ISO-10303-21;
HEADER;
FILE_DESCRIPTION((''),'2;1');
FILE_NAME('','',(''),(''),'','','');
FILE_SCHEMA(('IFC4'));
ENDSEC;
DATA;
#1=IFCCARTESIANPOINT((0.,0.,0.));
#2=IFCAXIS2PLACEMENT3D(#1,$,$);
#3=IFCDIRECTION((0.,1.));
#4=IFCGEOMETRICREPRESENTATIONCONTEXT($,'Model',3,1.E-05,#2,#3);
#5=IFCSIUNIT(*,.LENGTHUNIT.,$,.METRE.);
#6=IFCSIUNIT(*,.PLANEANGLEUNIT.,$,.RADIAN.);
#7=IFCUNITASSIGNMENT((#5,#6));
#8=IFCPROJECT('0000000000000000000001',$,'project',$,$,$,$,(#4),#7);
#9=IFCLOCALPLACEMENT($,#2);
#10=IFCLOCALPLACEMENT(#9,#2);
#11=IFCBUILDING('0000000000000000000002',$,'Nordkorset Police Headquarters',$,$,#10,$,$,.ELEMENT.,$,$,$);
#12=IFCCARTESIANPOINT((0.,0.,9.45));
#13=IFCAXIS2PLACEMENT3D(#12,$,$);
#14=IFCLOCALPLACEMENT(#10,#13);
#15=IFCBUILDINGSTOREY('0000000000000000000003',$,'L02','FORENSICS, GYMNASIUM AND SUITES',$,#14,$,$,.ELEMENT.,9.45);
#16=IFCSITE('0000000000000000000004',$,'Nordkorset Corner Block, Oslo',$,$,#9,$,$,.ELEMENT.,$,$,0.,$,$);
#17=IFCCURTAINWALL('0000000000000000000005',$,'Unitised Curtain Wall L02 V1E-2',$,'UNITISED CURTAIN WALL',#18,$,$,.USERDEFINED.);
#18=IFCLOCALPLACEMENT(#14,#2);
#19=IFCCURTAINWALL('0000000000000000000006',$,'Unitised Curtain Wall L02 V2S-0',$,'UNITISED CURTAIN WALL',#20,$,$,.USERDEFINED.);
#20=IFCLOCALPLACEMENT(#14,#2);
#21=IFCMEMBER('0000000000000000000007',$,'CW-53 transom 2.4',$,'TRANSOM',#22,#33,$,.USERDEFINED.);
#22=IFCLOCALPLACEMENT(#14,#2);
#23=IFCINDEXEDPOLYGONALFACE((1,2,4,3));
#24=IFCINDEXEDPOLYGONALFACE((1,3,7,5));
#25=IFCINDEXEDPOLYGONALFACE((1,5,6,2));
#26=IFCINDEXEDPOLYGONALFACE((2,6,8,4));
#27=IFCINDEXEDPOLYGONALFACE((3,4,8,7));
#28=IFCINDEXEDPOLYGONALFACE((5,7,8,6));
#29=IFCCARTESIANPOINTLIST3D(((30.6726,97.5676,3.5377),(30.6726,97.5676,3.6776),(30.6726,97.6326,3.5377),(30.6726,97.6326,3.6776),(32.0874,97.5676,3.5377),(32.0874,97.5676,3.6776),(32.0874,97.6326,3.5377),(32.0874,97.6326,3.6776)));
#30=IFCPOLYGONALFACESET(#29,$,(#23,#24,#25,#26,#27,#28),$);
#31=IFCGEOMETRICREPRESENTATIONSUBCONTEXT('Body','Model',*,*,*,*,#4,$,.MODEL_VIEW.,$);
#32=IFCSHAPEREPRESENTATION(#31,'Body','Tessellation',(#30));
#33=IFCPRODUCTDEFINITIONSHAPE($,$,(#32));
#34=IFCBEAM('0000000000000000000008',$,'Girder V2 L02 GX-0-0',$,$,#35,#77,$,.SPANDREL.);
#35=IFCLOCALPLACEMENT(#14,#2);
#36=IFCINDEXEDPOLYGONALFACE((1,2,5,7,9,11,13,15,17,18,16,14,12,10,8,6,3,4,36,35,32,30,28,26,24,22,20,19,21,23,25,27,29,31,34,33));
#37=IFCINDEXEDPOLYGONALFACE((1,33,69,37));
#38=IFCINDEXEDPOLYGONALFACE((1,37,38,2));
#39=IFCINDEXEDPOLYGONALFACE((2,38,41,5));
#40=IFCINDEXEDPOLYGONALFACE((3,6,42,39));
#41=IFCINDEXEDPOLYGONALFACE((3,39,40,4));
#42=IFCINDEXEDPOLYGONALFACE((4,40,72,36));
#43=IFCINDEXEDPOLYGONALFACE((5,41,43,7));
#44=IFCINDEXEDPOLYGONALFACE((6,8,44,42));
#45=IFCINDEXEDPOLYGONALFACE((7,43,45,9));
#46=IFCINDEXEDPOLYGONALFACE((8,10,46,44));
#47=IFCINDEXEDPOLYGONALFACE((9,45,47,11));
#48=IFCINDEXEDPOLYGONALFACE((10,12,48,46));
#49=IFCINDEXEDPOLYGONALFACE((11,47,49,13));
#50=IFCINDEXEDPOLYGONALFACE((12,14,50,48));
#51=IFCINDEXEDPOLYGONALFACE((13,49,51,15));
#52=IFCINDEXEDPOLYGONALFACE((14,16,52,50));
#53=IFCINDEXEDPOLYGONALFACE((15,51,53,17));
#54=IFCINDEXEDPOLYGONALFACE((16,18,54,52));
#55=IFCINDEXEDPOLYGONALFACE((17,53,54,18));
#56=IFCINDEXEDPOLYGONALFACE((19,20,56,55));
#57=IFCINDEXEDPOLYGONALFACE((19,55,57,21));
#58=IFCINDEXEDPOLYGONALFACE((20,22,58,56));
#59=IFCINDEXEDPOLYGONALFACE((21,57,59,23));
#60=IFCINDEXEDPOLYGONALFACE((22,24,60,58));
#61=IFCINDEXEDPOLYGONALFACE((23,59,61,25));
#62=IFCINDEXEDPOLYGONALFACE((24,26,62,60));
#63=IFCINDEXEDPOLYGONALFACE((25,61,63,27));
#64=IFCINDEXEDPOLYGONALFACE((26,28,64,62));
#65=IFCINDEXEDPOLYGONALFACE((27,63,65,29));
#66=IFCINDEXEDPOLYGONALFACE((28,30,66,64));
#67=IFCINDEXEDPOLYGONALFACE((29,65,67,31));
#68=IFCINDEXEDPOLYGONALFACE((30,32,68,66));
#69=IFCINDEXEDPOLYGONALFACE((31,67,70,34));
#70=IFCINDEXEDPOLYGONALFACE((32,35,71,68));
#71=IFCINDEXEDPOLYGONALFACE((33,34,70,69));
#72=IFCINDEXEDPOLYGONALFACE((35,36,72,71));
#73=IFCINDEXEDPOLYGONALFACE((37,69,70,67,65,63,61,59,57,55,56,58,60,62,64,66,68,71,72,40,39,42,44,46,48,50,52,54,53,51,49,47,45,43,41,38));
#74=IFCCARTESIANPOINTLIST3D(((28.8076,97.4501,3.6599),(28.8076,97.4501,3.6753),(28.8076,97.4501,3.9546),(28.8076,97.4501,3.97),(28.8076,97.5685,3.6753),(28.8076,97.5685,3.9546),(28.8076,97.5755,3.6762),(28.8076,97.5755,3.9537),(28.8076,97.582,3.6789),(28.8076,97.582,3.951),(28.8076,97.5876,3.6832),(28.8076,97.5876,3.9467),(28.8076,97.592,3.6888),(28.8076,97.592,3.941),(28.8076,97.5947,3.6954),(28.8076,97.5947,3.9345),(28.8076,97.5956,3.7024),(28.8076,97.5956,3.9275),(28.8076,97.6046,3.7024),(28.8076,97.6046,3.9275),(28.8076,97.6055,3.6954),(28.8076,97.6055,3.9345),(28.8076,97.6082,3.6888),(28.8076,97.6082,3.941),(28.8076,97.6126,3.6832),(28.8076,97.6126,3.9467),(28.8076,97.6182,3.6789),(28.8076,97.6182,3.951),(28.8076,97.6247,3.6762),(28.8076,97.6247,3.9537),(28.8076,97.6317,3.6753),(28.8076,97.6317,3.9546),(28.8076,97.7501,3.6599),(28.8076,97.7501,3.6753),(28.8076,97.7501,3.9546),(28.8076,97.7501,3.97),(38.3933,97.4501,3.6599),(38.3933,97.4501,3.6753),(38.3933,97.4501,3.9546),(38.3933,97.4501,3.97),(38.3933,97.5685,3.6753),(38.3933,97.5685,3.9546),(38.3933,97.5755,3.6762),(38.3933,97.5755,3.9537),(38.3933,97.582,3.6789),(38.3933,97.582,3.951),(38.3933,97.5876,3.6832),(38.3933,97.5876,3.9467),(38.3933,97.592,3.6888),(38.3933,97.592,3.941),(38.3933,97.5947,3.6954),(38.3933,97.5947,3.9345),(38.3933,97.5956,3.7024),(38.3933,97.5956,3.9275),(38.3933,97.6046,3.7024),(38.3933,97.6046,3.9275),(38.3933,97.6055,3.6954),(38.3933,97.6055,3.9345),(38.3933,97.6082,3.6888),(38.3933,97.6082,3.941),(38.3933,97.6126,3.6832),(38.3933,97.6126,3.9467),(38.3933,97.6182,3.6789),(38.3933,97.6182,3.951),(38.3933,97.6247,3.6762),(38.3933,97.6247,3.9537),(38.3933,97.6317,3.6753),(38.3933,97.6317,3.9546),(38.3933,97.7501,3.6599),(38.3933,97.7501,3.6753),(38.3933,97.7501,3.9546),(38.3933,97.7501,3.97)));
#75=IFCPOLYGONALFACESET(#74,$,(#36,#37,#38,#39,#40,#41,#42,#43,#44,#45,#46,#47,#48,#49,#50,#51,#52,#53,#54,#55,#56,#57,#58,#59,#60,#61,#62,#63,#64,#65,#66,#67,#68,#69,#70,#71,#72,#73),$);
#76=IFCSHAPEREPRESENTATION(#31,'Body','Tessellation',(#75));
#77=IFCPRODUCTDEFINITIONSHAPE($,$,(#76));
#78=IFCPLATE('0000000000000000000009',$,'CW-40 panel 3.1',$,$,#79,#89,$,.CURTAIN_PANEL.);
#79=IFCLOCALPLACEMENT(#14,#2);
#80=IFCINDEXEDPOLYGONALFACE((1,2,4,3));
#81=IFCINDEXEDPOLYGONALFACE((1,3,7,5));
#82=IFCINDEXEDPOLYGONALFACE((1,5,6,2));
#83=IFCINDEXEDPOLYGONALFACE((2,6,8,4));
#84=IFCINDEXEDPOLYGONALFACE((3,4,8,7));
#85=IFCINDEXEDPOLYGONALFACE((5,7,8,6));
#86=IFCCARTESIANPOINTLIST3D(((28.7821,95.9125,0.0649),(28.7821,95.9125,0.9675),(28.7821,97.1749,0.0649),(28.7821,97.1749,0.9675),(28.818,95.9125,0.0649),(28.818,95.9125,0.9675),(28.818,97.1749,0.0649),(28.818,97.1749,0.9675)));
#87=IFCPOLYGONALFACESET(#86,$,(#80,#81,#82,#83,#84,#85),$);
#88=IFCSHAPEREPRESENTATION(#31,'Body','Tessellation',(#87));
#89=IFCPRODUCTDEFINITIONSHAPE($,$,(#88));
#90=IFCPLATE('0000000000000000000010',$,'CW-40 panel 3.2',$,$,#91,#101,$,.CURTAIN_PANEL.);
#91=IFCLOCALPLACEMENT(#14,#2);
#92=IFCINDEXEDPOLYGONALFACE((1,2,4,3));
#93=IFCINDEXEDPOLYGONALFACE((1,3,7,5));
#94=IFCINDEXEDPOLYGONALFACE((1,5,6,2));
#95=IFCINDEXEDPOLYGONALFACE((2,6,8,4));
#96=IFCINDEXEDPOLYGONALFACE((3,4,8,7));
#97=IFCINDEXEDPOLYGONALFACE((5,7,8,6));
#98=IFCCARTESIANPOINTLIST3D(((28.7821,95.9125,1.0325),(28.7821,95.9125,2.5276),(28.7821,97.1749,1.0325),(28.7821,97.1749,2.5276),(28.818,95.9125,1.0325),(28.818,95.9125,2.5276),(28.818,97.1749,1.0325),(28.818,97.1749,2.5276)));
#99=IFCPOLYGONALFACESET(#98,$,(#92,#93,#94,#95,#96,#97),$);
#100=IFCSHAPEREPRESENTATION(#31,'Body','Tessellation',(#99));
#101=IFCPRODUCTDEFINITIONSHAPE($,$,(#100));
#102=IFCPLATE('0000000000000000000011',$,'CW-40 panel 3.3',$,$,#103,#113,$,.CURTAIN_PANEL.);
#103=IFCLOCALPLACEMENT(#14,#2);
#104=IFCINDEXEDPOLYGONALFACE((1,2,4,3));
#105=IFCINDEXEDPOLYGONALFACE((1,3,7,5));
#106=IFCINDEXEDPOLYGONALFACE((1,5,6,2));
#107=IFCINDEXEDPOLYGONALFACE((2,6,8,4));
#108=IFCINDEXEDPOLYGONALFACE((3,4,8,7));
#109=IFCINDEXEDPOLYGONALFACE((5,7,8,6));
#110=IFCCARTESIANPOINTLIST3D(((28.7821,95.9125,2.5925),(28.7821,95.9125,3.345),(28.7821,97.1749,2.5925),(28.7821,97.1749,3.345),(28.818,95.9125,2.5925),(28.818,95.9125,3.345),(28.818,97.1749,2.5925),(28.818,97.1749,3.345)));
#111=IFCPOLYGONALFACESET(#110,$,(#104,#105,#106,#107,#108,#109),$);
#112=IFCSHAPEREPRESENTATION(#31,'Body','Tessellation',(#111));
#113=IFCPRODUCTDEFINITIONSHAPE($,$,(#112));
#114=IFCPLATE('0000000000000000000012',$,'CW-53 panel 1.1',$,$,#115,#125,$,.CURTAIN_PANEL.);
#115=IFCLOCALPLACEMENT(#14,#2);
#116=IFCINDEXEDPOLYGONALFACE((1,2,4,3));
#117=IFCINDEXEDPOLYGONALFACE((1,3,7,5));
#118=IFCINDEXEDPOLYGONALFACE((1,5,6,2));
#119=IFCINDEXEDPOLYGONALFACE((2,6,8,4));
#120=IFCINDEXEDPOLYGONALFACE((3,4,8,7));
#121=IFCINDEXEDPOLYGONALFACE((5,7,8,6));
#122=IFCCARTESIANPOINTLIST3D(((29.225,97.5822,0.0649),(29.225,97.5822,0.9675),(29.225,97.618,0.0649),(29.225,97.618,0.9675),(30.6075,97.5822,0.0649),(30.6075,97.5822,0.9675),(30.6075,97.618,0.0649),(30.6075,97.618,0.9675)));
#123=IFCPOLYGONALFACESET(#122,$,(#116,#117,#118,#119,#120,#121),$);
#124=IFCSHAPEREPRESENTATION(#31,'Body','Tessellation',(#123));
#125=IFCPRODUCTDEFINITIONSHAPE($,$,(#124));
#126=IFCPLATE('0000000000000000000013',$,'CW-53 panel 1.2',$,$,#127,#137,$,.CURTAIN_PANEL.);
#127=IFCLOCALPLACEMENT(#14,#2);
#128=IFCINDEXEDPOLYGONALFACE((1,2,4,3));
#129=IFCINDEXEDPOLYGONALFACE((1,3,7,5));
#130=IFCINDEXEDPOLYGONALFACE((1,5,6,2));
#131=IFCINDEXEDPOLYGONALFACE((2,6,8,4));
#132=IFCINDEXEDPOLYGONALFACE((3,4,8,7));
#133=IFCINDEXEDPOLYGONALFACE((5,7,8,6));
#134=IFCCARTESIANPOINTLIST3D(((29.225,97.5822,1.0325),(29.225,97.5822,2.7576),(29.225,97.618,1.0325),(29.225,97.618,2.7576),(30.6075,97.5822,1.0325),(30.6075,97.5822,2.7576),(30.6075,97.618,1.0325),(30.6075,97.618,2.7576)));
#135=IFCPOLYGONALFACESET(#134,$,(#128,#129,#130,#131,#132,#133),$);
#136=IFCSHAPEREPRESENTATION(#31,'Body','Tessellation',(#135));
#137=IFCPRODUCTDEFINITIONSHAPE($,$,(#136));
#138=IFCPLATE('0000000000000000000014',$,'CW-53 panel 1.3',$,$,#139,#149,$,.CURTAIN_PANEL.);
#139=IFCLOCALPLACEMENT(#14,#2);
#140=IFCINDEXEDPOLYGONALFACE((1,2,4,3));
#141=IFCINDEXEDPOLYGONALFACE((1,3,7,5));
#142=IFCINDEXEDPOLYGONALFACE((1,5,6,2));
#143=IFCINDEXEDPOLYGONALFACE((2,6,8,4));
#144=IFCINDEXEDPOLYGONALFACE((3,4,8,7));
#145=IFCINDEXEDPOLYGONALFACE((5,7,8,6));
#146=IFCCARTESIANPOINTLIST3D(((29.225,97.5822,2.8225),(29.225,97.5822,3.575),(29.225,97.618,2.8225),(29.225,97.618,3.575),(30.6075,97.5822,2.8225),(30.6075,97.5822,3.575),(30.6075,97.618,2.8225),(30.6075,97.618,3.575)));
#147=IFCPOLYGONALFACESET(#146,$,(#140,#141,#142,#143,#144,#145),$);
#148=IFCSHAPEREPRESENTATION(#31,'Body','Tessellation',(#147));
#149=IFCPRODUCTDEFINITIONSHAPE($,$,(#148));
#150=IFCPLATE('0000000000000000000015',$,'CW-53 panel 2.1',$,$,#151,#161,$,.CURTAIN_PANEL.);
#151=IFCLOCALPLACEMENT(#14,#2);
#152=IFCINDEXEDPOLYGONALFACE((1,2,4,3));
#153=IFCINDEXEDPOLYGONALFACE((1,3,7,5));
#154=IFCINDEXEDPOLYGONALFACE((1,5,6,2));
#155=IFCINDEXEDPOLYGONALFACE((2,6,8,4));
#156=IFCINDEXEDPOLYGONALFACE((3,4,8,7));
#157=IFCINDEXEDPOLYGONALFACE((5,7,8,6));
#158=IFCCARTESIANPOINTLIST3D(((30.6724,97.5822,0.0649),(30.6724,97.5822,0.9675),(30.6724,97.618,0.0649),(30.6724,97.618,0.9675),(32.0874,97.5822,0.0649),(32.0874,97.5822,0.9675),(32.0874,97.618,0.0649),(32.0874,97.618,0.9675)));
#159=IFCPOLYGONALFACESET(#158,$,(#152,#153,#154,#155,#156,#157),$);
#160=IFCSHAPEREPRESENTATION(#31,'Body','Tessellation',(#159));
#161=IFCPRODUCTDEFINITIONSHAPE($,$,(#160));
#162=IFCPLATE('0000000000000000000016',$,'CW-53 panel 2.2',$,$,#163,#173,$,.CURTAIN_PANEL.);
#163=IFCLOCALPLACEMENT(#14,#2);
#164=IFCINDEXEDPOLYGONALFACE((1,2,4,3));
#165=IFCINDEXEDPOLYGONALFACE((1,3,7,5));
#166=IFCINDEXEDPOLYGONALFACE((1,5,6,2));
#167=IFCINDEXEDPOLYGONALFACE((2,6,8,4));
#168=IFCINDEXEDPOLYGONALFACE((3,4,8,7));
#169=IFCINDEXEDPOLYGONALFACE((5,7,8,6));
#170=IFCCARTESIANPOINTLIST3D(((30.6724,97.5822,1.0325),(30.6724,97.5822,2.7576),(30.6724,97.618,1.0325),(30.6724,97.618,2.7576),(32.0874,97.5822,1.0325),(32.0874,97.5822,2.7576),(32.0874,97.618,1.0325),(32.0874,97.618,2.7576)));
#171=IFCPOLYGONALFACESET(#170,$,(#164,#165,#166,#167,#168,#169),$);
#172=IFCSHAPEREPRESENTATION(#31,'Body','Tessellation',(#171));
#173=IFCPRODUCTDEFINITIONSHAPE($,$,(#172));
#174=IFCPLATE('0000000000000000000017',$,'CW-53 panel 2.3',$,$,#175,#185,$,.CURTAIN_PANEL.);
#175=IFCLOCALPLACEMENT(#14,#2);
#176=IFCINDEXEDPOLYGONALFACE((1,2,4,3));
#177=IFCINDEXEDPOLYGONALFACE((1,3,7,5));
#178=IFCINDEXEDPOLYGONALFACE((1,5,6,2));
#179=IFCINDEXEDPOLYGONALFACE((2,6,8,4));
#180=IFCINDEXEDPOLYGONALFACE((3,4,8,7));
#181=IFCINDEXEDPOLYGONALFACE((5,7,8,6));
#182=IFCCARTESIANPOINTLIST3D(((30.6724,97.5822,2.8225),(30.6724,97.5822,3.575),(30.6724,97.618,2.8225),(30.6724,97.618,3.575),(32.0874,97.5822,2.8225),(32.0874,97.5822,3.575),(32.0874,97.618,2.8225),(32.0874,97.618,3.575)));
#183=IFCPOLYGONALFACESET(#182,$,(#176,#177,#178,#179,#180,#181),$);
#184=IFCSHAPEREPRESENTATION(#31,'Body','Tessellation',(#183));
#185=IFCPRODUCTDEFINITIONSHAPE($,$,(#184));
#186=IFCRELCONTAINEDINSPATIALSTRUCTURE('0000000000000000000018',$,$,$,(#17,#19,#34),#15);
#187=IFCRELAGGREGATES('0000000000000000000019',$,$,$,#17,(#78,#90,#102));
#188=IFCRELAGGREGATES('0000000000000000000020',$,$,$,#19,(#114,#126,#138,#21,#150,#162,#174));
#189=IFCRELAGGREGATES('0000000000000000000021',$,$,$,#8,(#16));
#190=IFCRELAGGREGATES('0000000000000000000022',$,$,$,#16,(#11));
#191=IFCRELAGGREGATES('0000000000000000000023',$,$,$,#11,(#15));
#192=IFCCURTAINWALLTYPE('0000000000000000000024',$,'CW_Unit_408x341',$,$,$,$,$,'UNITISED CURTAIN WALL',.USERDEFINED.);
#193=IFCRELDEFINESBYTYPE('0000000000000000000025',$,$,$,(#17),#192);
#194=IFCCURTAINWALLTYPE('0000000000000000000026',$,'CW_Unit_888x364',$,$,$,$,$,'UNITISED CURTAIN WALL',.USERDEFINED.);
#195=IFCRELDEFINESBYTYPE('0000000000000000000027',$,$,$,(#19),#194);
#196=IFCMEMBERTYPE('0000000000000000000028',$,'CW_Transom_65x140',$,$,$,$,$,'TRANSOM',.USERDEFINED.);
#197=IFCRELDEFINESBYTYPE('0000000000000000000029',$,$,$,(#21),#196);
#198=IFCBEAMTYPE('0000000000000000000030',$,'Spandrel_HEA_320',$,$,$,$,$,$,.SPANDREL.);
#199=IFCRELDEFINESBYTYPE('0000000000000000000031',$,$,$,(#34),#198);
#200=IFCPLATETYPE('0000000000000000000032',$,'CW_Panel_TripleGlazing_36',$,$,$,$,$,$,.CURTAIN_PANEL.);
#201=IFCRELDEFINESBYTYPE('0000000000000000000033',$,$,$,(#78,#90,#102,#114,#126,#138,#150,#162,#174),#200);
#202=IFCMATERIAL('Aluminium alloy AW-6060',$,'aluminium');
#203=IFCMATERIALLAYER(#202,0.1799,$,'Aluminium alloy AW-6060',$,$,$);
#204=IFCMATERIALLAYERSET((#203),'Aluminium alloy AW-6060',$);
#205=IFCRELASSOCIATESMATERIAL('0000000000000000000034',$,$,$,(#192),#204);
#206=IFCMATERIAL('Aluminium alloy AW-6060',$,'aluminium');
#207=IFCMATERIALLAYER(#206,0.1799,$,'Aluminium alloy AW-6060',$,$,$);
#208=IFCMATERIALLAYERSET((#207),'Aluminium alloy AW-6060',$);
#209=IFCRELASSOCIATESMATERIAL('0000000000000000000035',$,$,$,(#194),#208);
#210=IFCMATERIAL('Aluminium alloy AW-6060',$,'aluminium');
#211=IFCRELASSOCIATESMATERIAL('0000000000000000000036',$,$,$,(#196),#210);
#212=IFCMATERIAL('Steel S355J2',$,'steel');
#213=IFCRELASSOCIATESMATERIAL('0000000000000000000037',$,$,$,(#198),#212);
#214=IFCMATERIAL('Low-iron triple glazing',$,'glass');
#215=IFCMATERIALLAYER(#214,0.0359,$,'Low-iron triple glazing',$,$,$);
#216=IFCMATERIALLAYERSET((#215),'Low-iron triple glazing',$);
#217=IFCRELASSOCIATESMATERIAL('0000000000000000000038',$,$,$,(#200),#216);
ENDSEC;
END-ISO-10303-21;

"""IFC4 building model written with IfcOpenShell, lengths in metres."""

from ifc_helpers import new_model, si_unit, direction, frame, origin, origin_2d, place, context, subcontext, project, spatial, rectangle, i_section, extrude, material, layer, layer_set, material_profile, profile_set, type_object, element, aggregate, save


model = new_model("IFC4")

# Units and contexts
model_context = context("Model", 3, precision=1e-05, world=origin(), true_north=direction((0.0, 1.0)))
body_context = subcontext(model_context, "Body", "Model", "MODEL_VIEW")
ifc_project = project(units=[si_unit("LENGTHUNIT", "METRE"), si_unit("PLANEANGLEUNIT", "RADIAN")], contexts=[model_context])

# Site, building, storey
site_placement = place(None, origin())
site = spatial("IfcSite", under=ifc_project, at=site_placement, Name="Nordkorset Corner Block, Oslo", CompositionType="ELEMENT", RefElevation=0.0)
building_placement = place(site_placement, origin())
building = spatial("IfcBuilding", under=site, at=building_placement, Name="Nordkorset Police Headquarters", CompositionType="ELEMENT")
storey_placement = place(building_placement, frame((0.0, 0.0, 9.45)))
storey = spatial("IfcBuildingStorey", under=building, at=storey_placement, Name="L02", Description="FORENSICS, GYMNASIUM AND SUITES", CompositionType="ELEMENT", Elevation=9.45)

# Curtain wall
ifc_material_1 = material(Name="Aluminium alloy AW-6060", Category="aluminium")
ifc_layer_1 = layer(ifc_material_1, 0.1799, Name="Aluminium alloy AW-6060")
ifc_layer_set_1 = layer_set([ifc_layer_1], Name="Aluminium alloy AW-6060")
curtain_wall_type_1 = type_object("IfcCurtainWallType", Name="CW_Unit_408x341", ElementType="UNITISED CURTAIN WALL", PredefinedType="USERDEFINED", material=ifc_layer_set_1)
curtain_wall_1_placement = place(storey_placement, origin())
curtain_wall_1 = element("IfcCurtainWall", 1, at=curtain_wall_1_placement, inside=storey, type_object=curtain_wall_type_1, Name="Unitised Curtain Wall L02 V1E-2", ObjectType="UNITISED CURTAIN WALL", PredefinedType="USERDEFINED")

# Curtain wall
ifc_material_2 = material(Name="Aluminium alloy AW-6060", Category="aluminium")
ifc_layer_2 = layer(ifc_material_2, 0.1799, Name="Aluminium alloy AW-6060")
ifc_layer_set_2 = layer_set([ifc_layer_2], Name="Aluminium alloy AW-6060")
curtain_wall_type_2 = type_object("IfcCurtainWallType", Name="CW_Unit_888x364", ElementType="UNITISED CURTAIN WALL", PredefinedType="USERDEFINED", material=ifc_layer_set_2)
curtain_wall_2_placement = place(storey_placement, origin())
curtain_wall_2 = element("IfcCurtainWall", 2, at=curtain_wall_2_placement, inside=storey, type_object=curtain_wall_type_2, Name="Unitised Curtain Wall L02 V2S-0", ObjectType="UNITISED CURTAIN WALL", PredefinedType="USERDEFINED")

# Member
ifc_material_3 = material(Name="Aluminium alloy AW-6060", Category="aluminium")
ifc_material_profile_1 = material_profile(ifc_material_3, rectangle(XDim=0.0649, YDim=0.1399, at=origin_2d()), Name="ALU TRAN 65x140")
ifc_profile_set_1 = profile_set([ifc_material_profile_1], Name="Aluminium alloy AW-6060")
member_type_1 = type_object("IfcMemberType", Name="CW_Transom_65x140", ElementType="TRANSOM", PredefinedType="USERDEFINED", material=ifc_profile_set_1)
member_1_placement = place(storey_placement, frame((30.6726, 97.6001, 3.6077), z_axis=(1.0, 0.0, 0.0), x_axis=(0.0, 1.0, 0.0)))
member_1 = element("IfcMember", 3, at=member_1_placement, type_object=member_type_1, Name="CW-53 transom 2.4", ObjectType="TRANSOM", PredefinedType="USERDEFINED", context=body_context, shape_type="SweptSolid", body=[
    extrude(rectangle(XDim=0.0649, YDim=0.1399, at=origin_2d()), origin(), (0.0, 0.0, 1.0), 1.4148),
])

# Beam
ifc_material_4 = material(Name="Steel S355J2", Category="steel")
ifc_material_profile_2 = material_profile(ifc_material_4, i_section(OverallWidth=0.3, OverallDepth=0.3101, WebThickness=0.009, FlangeThickness=0.0154, FilletRadius=0.0271, at=origin_2d()), Name="HEA 320")
ifc_profile_set_2 = profile_set([ifc_material_profile_2], Name="Steel S355J2")
beam_type = type_object("IfcBeamType", Name="Spandrel_HEA_320", PredefinedType="SPANDREL", material=ifc_profile_set_2)
beam_placement = place(storey_placement, frame((28.8076, 97.6001, 3.8149), z_axis=(1.0, 0.0, 0.0), x_axis=(0.0, 1.0, 0.0)))
element("IfcBeam", 4, at=beam_placement, inside=storey, type_object=beam_type, Name="Girder V2 L02 GX-0-0", PredefinedType="SPANDREL", context=body_context, shape_type="SweptSolid", body=[
    extrude(i_section(OverallWidth=0.3, OverallDepth=0.3101, WebThickness=0.009, FlangeThickness=0.0154, FilletRadius=0.0271, at=origin_2d()), origin(), (0.0, 0.0, 1.0), 9.5857),
])

# Plates
ifc_material_5 = material(Name="Low-iron triple glazing", Category="glass")
ifc_layer_3 = layer(ifc_material_5, 0.0359, Name="Low-iron triple glazing")
ifc_layer_set_3 = layer_set([ifc_layer_3], Name="Low-iron triple glazing")
plate_type = type_object("IfcPlateType", Name="CW_Panel_TripleGlazing_36", PredefinedType="CURTAIN_PANEL", material=ifc_layer_set_3)
plate_1_placement = place(storey_placement, frame((28.8, 96.5437, 0.0649), z_axis=(0.0, 0.0, 1.0), x_axis=(0.0, 1.0, 0.0)))
plate_1 = element("IfcPlate", 5, at=plate_1_placement, type_object=plate_type, Name="CW-40 panel 3.1", PredefinedType="CURTAIN_PANEL", context=body_context, shape_type="SweptSolid", body=[
    extrude(rectangle(XDim=1.2625, YDim=0.0359, at=origin_2d()), origin(), (0.0, 0.0, 1.0), 0.9026),
])
plate_2_placement = place(storey_placement, frame((28.8, 96.5437, 1.0325), z_axis=(0.0, 0.0, 1.0), x_axis=(0.0, 1.0, 0.0)))
plate_2 = element("IfcPlate", 6, at=plate_2_placement, type_object=plate_type, Name="CW-40 panel 3.2", PredefinedType="CURTAIN_PANEL", context=body_context, shape_type="SweptSolid", body=[
    extrude(rectangle(XDim=1.2625, YDim=0.0359, at=origin_2d()), origin(), (0.0, 0.0, 1.0), 1.4951),
])
plate_3_placement = place(storey_placement, frame((28.8, 96.5437, 2.5925), z_axis=(0.0, 0.0, 1.0), x_axis=(0.0, 1.0, 0.0)))
plate_3 = element("IfcPlate", 7, at=plate_3_placement, type_object=plate_type, Name="CW-40 panel 3.3", PredefinedType="CURTAIN_PANEL", context=body_context, shape_type="SweptSolid", body=[
    extrude(rectangle(XDim=1.2625, YDim=0.0359, at=origin_2d()), origin(), (0.0, 0.0, 1.0), 0.7524),
])
aggregate(curtain_wall_1, [plate_1, plate_2, plate_3])
plate_4_placement = place(storey_placement, frame((29.9163, 97.6001, 0.0649), z_axis=(0.0, 0.0, 1.0), x_axis=(1.0, 0.0, 0.0)))
plate_4 = element("IfcPlate", 8, at=plate_4_placement, type_object=plate_type, Name="CW-53 panel 1.1", PredefinedType="CURTAIN_PANEL", context=body_context, shape_type="SweptSolid", body=[
    extrude(rectangle(XDim=1.3826, YDim=0.0359, at=origin_2d()), origin(), (0.0, 0.0, 1.0), 0.9026),
])
plate_5_placement = place(storey_placement, frame((29.9163, 97.6001, 1.0325), z_axis=(0.0, 0.0, 1.0), x_axis=(1.0, 0.0, 0.0)))
plate_5 = element("IfcPlate", 9, at=plate_5_placement, type_object=plate_type, Name="CW-53 panel 1.2", PredefinedType="CURTAIN_PANEL", context=body_context, shape_type="SweptSolid", body=[
    extrude(rectangle(XDim=1.3826, YDim=0.0359, at=origin_2d()), origin(), (0.0, 0.0, 1.0), 1.7251),
])
plate_6_placement = place(storey_placement, frame((29.9163, 97.6001, 2.8225), z_axis=(0.0, 0.0, 1.0), x_axis=(1.0, 0.0, 0.0)))
plate_6 = element("IfcPlate", 10, at=plate_6_placement, type_object=plate_type, Name="CW-53 panel 1.3", PredefinedType="CURTAIN_PANEL", context=body_context, shape_type="SweptSolid", body=[
    extrude(rectangle(XDim=1.3826, YDim=0.0359, at=origin_2d()), origin(), (0.0, 0.0, 1.0), 0.7524),
])
plate_7_placement = place(storey_placement, frame((31.3799, 97.6001, 0.0649), z_axis=(0.0, 0.0, 1.0), x_axis=(1.0, 0.0, 0.0)))
plate_7 = element("IfcPlate", 11, at=plate_7_placement, type_object=plate_type, Name="CW-53 panel 2.1", PredefinedType="CURTAIN_PANEL", context=body_context, shape_type="SweptSolid", body=[
    extrude(rectangle(XDim=1.415, YDim=0.0359, at=origin_2d()), origin(), (0.0, 0.0, 1.0), 0.9026),
])
plate_8_placement = place(storey_placement, frame((31.3799, 97.6001, 1.0325), z_axis=(0.0, 0.0, 1.0), x_axis=(1.0, 0.0, 0.0)))
plate_8 = element("IfcPlate", 12, at=plate_8_placement, type_object=plate_type, Name="CW-53 panel 2.2", PredefinedType="CURTAIN_PANEL", context=body_context, shape_type="SweptSolid", body=[
    extrude(rectangle(XDim=1.415, YDim=0.0359, at=origin_2d()), origin(), (0.0, 0.0, 1.0), 1.7251),
])
plate_9_placement = place(storey_placement, frame((31.3799, 97.6001, 2.8225), z_axis=(0.0, 0.0, 1.0), x_axis=(1.0, 0.0, 0.0)))
plate_9 = element("IfcPlate", 13, at=plate_9_placement, type_object=plate_type, Name="CW-53 panel 2.3", PredefinedType="CURTAIN_PANEL", context=body_context, shape_type="SweptSolid", body=[
    extrude(rectangle(XDim=1.415, YDim=0.0359, at=origin_2d()), origin(), (0.0, 0.0, 1.0), 0.7524),
])
aggregate(curtain_wall_2, [plate_4, plate_5, plate_6, member_1, plate_7, plate_8, plate_9])

save(model, "model.ifc")
